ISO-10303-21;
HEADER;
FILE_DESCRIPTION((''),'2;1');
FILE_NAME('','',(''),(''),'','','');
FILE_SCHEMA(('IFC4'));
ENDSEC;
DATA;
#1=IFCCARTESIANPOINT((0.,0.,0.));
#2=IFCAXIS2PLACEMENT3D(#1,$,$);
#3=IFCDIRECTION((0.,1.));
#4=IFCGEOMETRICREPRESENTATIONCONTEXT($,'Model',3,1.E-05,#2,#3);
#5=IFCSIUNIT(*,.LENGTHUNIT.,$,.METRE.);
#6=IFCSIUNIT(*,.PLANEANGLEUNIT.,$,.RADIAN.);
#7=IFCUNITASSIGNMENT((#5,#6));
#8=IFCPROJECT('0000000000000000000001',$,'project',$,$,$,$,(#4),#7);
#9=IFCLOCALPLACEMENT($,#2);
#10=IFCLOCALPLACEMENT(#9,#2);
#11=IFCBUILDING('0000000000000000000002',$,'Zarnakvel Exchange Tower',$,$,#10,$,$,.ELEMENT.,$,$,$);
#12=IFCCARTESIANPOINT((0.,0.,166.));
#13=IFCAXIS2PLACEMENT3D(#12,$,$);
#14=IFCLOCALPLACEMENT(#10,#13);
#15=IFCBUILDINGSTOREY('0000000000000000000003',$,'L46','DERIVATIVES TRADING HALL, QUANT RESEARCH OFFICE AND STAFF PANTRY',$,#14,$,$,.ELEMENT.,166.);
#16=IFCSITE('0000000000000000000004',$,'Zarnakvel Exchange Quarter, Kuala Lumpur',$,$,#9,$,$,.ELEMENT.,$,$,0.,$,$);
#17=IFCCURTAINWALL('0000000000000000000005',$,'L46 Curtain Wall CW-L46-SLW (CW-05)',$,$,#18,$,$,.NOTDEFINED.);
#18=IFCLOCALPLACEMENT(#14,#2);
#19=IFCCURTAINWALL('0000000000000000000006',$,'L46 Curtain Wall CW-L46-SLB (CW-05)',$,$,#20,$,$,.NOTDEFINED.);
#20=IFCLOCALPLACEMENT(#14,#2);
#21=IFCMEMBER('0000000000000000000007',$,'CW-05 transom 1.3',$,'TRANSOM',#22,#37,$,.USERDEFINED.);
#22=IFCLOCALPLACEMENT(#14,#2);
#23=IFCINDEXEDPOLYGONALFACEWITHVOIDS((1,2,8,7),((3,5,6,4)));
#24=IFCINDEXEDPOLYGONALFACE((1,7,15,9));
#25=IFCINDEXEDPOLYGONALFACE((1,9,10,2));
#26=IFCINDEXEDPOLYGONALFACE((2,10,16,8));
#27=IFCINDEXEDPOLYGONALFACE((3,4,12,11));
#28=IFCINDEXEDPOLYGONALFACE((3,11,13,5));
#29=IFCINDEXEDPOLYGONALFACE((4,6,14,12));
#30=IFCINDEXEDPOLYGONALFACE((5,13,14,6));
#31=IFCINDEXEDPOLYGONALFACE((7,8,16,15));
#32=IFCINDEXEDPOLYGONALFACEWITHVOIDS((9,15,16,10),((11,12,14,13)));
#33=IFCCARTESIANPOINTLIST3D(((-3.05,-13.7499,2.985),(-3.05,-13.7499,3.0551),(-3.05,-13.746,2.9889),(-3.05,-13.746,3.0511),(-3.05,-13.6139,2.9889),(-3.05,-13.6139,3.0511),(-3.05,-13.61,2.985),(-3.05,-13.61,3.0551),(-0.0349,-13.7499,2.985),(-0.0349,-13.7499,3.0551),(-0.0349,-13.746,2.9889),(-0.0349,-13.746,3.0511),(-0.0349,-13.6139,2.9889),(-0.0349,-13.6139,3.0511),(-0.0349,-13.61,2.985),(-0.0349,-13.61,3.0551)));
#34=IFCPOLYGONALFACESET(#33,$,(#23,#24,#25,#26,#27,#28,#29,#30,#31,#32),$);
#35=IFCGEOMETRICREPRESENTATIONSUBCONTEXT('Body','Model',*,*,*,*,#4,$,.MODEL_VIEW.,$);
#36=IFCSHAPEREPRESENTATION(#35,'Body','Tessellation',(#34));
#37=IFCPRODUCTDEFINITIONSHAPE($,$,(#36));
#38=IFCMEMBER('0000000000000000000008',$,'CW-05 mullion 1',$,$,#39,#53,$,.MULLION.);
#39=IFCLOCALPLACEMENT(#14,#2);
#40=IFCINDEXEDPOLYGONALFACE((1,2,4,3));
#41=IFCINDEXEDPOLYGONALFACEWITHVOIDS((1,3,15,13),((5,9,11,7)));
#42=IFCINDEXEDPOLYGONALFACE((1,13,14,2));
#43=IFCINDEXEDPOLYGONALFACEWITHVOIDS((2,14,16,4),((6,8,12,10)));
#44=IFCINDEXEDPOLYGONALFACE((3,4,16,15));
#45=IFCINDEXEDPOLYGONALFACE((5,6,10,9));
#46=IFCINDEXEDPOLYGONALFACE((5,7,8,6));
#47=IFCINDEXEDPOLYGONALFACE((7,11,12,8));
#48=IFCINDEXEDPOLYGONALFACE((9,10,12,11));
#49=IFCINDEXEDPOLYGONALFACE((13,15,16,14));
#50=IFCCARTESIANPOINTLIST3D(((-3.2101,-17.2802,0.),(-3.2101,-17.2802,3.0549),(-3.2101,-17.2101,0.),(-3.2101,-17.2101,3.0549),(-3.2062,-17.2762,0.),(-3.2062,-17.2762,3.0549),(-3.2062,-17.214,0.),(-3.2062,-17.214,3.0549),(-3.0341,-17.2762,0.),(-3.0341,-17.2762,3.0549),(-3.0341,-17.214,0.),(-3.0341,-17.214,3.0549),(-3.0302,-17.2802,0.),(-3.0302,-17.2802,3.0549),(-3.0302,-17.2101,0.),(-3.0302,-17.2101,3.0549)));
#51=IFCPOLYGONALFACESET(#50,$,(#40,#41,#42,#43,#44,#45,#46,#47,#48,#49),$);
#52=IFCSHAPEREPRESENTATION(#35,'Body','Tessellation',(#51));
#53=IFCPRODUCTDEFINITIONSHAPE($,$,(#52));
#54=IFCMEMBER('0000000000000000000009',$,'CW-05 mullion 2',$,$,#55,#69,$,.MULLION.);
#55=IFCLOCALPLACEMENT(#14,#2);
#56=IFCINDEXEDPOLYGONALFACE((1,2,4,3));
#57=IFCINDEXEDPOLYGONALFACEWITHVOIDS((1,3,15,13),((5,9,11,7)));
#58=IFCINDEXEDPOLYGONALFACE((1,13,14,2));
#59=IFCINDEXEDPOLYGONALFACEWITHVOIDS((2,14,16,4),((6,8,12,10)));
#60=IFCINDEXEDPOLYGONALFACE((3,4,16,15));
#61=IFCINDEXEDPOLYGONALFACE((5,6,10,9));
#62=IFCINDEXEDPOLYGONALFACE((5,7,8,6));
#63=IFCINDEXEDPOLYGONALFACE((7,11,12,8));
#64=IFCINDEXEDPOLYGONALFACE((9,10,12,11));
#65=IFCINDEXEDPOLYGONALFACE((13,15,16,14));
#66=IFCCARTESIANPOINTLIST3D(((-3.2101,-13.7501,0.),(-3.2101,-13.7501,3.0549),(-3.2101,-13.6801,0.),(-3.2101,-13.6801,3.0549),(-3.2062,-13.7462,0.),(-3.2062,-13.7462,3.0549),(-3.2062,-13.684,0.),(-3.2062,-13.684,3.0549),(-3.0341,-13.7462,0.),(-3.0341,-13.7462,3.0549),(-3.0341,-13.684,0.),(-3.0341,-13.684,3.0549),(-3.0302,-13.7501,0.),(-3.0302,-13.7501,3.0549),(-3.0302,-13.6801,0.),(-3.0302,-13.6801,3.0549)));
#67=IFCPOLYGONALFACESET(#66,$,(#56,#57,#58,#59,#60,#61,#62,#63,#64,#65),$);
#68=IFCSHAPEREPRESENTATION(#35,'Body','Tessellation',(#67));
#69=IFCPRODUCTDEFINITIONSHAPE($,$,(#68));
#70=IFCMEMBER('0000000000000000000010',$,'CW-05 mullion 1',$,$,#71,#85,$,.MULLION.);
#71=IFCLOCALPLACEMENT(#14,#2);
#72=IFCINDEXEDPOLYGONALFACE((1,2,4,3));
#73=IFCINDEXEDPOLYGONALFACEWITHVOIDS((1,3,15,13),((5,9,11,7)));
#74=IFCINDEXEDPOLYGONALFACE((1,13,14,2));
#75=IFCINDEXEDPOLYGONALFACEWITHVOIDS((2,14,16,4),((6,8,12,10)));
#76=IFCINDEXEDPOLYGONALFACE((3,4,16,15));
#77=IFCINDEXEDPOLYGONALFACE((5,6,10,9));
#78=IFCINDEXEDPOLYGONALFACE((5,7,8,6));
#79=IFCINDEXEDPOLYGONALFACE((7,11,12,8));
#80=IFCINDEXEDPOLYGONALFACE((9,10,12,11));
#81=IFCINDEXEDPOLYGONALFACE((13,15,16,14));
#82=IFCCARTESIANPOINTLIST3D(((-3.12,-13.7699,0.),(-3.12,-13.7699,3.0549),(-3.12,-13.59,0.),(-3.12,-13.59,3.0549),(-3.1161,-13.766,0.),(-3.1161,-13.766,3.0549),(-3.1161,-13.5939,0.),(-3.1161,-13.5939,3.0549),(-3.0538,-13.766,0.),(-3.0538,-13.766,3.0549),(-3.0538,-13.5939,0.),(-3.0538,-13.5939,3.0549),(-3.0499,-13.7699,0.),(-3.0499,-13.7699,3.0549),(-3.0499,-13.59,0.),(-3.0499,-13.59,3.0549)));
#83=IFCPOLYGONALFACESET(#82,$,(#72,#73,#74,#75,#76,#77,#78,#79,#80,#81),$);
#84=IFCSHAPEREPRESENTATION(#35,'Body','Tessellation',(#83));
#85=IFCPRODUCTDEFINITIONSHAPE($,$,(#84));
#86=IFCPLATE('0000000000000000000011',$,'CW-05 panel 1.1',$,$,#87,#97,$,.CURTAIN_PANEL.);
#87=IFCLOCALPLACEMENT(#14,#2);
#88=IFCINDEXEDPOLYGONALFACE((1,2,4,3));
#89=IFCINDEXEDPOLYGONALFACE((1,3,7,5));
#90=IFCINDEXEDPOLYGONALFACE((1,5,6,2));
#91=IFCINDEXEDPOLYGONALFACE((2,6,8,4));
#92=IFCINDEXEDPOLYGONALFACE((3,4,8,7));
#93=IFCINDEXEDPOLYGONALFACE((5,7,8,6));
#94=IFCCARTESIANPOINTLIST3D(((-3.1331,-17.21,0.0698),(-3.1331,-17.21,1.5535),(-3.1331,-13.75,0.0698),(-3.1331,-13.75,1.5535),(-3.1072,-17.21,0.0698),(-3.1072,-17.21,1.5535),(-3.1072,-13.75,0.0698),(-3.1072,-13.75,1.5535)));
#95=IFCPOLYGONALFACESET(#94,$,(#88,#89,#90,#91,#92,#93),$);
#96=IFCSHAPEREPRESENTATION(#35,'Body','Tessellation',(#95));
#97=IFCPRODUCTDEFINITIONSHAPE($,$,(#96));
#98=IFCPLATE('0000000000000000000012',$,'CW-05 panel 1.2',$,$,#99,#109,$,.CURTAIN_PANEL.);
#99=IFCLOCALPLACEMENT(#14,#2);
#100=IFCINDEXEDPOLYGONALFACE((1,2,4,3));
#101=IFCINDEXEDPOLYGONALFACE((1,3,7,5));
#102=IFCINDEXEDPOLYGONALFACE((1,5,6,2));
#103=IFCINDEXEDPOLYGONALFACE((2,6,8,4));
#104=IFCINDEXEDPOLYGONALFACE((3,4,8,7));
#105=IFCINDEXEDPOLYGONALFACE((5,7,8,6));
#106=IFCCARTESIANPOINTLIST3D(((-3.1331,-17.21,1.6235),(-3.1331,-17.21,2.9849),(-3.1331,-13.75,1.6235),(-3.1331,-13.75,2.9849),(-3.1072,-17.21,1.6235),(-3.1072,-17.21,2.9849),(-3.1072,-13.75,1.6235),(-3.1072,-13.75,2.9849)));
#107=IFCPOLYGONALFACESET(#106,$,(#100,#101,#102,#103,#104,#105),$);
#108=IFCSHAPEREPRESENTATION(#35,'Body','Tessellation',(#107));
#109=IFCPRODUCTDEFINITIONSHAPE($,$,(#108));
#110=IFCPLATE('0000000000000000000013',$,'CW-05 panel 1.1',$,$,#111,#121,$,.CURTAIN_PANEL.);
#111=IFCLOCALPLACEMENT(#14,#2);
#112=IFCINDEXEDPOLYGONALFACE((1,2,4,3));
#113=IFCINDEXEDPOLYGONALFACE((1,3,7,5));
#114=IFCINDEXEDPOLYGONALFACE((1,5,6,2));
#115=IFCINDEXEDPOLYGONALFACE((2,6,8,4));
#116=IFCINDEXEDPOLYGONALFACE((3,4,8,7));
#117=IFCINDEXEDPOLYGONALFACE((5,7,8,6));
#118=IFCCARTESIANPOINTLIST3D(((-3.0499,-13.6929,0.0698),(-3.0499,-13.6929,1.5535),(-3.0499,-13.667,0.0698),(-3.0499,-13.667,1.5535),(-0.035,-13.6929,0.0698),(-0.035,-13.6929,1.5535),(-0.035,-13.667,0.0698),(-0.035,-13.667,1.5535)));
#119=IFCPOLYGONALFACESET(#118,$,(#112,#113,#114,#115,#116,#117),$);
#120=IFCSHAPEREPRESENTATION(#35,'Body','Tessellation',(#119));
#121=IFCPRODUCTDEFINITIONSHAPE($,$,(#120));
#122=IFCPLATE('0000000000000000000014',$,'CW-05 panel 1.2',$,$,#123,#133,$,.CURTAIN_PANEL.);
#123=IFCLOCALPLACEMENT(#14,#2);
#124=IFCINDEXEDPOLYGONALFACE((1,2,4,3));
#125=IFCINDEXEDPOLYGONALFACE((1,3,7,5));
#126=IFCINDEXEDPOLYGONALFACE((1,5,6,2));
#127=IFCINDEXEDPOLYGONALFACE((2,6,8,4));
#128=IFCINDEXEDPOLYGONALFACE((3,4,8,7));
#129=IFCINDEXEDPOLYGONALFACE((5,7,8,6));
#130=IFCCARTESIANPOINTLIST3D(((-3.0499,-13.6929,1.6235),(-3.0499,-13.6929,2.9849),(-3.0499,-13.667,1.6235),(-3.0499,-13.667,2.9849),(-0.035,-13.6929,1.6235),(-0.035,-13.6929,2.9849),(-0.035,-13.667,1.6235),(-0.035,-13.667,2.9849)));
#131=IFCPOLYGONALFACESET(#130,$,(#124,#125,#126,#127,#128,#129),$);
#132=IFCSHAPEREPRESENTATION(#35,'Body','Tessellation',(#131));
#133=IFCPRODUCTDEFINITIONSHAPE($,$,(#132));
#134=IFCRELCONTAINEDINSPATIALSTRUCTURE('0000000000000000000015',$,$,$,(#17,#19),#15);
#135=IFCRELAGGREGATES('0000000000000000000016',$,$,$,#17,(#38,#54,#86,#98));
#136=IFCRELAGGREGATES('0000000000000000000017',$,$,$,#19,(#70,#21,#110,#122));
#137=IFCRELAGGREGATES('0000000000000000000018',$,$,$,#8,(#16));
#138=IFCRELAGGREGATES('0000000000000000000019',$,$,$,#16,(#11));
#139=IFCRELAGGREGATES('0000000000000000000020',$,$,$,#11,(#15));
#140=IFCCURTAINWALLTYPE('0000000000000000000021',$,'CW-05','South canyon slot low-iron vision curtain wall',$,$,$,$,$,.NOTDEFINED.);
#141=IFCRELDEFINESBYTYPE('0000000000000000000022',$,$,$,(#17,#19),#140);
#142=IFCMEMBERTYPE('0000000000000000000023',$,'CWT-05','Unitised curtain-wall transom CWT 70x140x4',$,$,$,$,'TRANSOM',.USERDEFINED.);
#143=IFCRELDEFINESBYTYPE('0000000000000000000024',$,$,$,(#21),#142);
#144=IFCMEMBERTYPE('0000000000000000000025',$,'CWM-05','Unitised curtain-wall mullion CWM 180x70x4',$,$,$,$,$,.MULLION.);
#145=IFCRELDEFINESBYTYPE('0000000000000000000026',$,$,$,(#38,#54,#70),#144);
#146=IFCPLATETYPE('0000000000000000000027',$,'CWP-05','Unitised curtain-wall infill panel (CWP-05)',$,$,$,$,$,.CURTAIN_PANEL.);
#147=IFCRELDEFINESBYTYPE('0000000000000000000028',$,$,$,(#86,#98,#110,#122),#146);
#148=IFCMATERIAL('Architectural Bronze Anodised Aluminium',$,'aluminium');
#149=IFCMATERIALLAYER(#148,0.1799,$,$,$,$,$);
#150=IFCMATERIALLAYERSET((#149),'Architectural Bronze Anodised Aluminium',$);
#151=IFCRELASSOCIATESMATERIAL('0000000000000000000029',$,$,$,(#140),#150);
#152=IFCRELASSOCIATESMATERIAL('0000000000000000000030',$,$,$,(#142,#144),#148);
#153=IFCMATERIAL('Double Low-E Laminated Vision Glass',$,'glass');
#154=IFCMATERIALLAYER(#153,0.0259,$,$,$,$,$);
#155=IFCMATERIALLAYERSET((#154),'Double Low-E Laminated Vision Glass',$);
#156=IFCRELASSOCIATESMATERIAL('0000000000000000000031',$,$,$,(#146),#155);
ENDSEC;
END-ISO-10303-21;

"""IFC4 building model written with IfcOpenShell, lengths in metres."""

from ifc_helpers import new_model, si_unit, direction, frame, origin, origin_2d, place, context, subcontext, project, spatial, rectangle, hollow_rectangle, extrude, source, transform, mapped, material, layer, layer_set, material_profile, profile_set, type_object, element, aggregate, save


model = new_model("IFC4")

# Units and contexts
model_context = context("Model", 3, precision=1e-05, world=origin(), true_north=direction((0.0, 1.0)))
body_context = subcontext(model_context, "Body", "Model", "MODEL_VIEW")
ifc_project = project(units=[si_unit("LENGTHUNIT", "METRE"), si_unit("PLANEANGLEUNIT", "RADIAN")], contexts=[model_context])

# Site, building, storey
site_placement = place(None, origin())
site = spatial("IfcSite", under=ifc_project, at=site_placement, Name="Zarnakvel Exchange Quarter, Kuala Lumpur", CompositionType="ELEMENT", RefElevation=0.0)
building_placement = place(site_placement, origin())
building = spatial("IfcBuilding", under=site, at=building_placement, Name="Zarnakvel Exchange Tower", CompositionType="ELEMENT")
storey_placement = place(building_placement, frame((0.0, 0.0, 166.0)))
storey = spatial("IfcBuildingStorey", under=building, at=storey_placement, Name="L46", Description="DERIVATIVES TRADING HALL, QUANT RESEARCH OFFICE AND STAFF PANTRY", CompositionType="ELEMENT", Elevation=166.0)

# Curtain walls, member
ifc_material_1 = material(Name="Architectural Bronze Anodised Aluminium", Category="aluminium")
ifc_layer_1 = layer(ifc_material_1, 0.1799)
ifc_layer_set_1 = layer_set([ifc_layer_1], Name="Architectural Bronze Anodised Aluminium")
curtain_wall_type = type_object("IfcCurtainWallType", Name="CW-05", Description="South canyon slot low-iron vision curtain wall", PredefinedType="NOTDEFINED", material=ifc_layer_set_1)
curtain_wall_1_placement = place(storey_placement, origin())
curtain_wall_1 = element("IfcCurtainWall", 1, at=curtain_wall_1_placement, inside=storey, type_object=curtain_wall_type, Name="L46 Curtain Wall CW-L46-SLW (CW-05)", PredefinedType="NOTDEFINED")
ifc_material_profile_1 = material_profile(ifc_material_1, hollow_rectangle(XDim=0.1399, YDim=0.0701, WallThickness=0.0039, at=origin_2d()))
ifc_profile_set_1 = profile_set([ifc_material_profile_1], Name="Architectural Bronze Anodised Aluminium")
member_type_1 = type_object("IfcMemberType", Name="CWT-05", Description="Unitised curtain-wall transom CWT 70x140x4", ElementType="TRANSOM", PredefinedType="USERDEFINED", material=ifc_profile_set_1)
curtain_wall_2_placement = place(storey_placement, origin())
curtain_wall_2 = element("IfcCurtainWall", 2, at=curtain_wall_2_placement, inside=storey, type_object=curtain_wall_type, Name="L46 Curtain Wall CW-L46-SLB (CW-05)", PredefinedType="NOTDEFINED")
shared_shape_1 = source(origin(), body_context, "Body", "SweptSolid", [
    extrude(hollow_rectangle(XDim=0.1399, YDim=0.0701, WallThickness=0.0039, at=origin_2d()), origin(), (0.0, 0.0, 1.0), 3.0151),
])
member_1_placement = place(storey_placement, frame((-3.05, -13.6799, 3.02), z_axis=(1.0, 0.0, 0.0), x_axis=(0.0, 1.0, 0.0)))
member_1 = element("IfcMember", 3, at=member_1_placement, type_object=member_type_1, Name="CW-05 transom 1.3", ObjectType="TRANSOM", PredefinedType="USERDEFINED", context=body_context, shape_type="MappedRepresentation", body=[
    mapped(shared_shape_1, transform((0.0, 0.0, 0.0), x_axis=(1.0, 0.0, 0.0), y_axis=(0.0, 1.0, 0.0), z_axis=(0.0, 0.0, 1.0), scale=1.0)),
])

# Members
ifc_material_profile_2 = material_profile(ifc_material_1, hollow_rectangle(XDim=0.1799, YDim=0.0701, WallThickness=0.0039, at=origin_2d()))
ifc_profile_set_2 = profile_set([ifc_material_profile_2], Name="Architectural Bronze Anodised Aluminium")
member_type_2 = type_object("IfcMemberType", Name="CWM-05", Description="Unitised curtain-wall mullion CWM 180x70x4", PredefinedType="MULLION", material=ifc_profile_set_2)
shared_shape_2 = source(origin(), body_context, "Body", "SweptSolid", [
    extrude(hollow_rectangle(XDim=0.1799, YDim=0.0701, WallThickness=0.0039, at=origin_2d()), origin(), (0.0, 0.0, 1.0), 3.0549),
])
member_2_placement = place(storey_placement, frame((-3.1201, -17.2451, 0.0), z_axis=(0.0, 0.0, 1.0), x_axis=(-1.0, 0.0, 0.0)))
member_2 = element("IfcMember", 4, at=member_2_placement, type_object=member_type_2, Name="CW-05 mullion 1", PredefinedType="MULLION", context=body_context, shape_type="MappedRepresentation", body=[
    mapped(shared_shape_2, transform((0.0, 0.0, 0.0), x_axis=(1.0, 0.0, 0.0), y_axis=(0.0, 1.0, 0.0), z_axis=(0.0, 0.0, 1.0), scale=1.0)),
])
member_3_placement = place(storey_placement, frame((-3.1201, -13.7151, 0.0), z_axis=(0.0, 0.0, 1.0), x_axis=(-1.0, 0.0, 0.0)))
member_3 = element("IfcMember", 5, at=member_3_placement, type_object=member_type_2, Name="CW-05 mullion 2", PredefinedType="MULLION", context=body_context, shape_type="MappedRepresentation", body=[
    mapped(shared_shape_2, transform((0.0, 0.0, 0.0), x_axis=(1.0, 0.0, 0.0), y_axis=(0.0, 1.0, 0.0), z_axis=(0.0, 0.0, 1.0), scale=1.0)),
])
member_4_placement = place(storey_placement, frame((-3.085, -13.6799, 0.0), z_axis=(0.0, 0.0, 1.0), x_axis=(0.0, 1.0, 0.0)))
member_4 = element("IfcMember", 6, at=member_4_placement, type_object=member_type_2, Name="CW-05 mullion 1", PredefinedType="MULLION", context=body_context, shape_type="MappedRepresentation", body=[
    mapped(shared_shape_2, transform((0.0, 0.0, 0.0), x_axis=(1.0, 0.0, 0.0), y_axis=(0.0, 1.0, 0.0), z_axis=(0.0, 0.0, 1.0), scale=1.0)),
])

# Plates
ifc_material_2 = material(Name="Double Low-E Laminated Vision Glass", Category="glass")
ifc_layer_2 = layer(ifc_material_2, 0.0259)
ifc_layer_set_2 = layer_set([ifc_layer_2], Name="Double Low-E Laminated Vision Glass")
plate_type = type_object("IfcPlateType", Name="CWP-05", Description="Unitised curtain-wall infill panel (CWP-05)", PredefinedType="CURTAIN_PANEL", material=ifc_layer_set_2)
shared_shape_3 = source(origin(), body_context, "Body", "SweptSolid", [
    extrude(rectangle(XDim=3.46, YDim=0.0259, at=origin_2d()), origin(), (0.0, 0.0, 1.0), 1.4836),
])
plate_1_placement = place(storey_placement, frame((-3.1201, -15.48, 0.0698), z_axis=(0.0, 0.0, 1.0), x_axis=(0.0, 1.0, 0.0)))
plate_1 = element("IfcPlate", 7, at=plate_1_placement, type_object=plate_type, Name="CW-05 panel 1.1", PredefinedType="CURTAIN_PANEL", context=body_context, shape_type="MappedRepresentation", body=[
    mapped(shared_shape_3, transform((0.0, 0.0, 0.0), x_axis=(1.0, 0.0, 0.0), y_axis=(0.0, 1.0, 0.0), z_axis=(0.0, 0.0, 1.0), scale=1.0)),
])
shared_shape_4 = source(origin(), body_context, "Body", "SweptSolid", [
    extrude(rectangle(XDim=3.46, YDim=0.0259, at=origin_2d()), origin(), (0.0, 0.0, 1.0), 1.3613),
])
plate_2_placement = place(storey_placement, frame((-3.1201, -15.48, 1.6235), z_axis=(0.0, 0.0, 1.0), x_axis=(0.0, 1.0, 0.0)))
plate_2 = element("IfcPlate", 8, at=plate_2_placement, type_object=plate_type, Name="CW-05 panel 1.2", PredefinedType="CURTAIN_PANEL", context=body_context, shape_type="MappedRepresentation", body=[
    mapped(shared_shape_4, transform((0.0, 0.0, 0.0), x_axis=(1.0, 0.0, 0.0), y_axis=(0.0, 1.0, 0.0), z_axis=(0.0, 0.0, 1.0), scale=1.0)),
])
aggregate(curtain_wall_1, [member_2, member_3, plate_1, plate_2])
shared_shape_5 = source(origin(), body_context, "Body", "SweptSolid", [
    extrude(rectangle(XDim=3.0149, YDim=0.0259, at=origin_2d()), origin(), (0.0, 0.0, 1.0), 1.4836),
])
plate_3_placement = place(storey_placement, frame((-1.5425, -13.6799, 0.0698), z_axis=(0.0, 0.0, 1.0), x_axis=(1.0, 0.0, 0.0)))
plate_3 = element("IfcPlate", 9, at=plate_3_placement, type_object=plate_type, Name="CW-05 panel 1.1", PredefinedType="CURTAIN_PANEL", context=body_context, shape_type="MappedRepresentation", body=[
    mapped(shared_shape_5, transform((0.0, 0.0, 0.0), x_axis=(1.0, 0.0, 0.0), y_axis=(0.0, 1.0, 0.0), z_axis=(0.0, 0.0, 1.0), scale=1.0)),
])
shared_shape_6 = source(origin(), body_context, "Body", "SweptSolid", [
    extrude(rectangle(XDim=3.0149, YDim=0.0259, at=origin_2d()), origin(), (0.0, 0.0, 1.0), 1.3613),
])
plate_4_placement = place(storey_placement, frame((-1.5425, -13.6799, 1.6235), z_axis=(0.0, 0.0, 1.0), x_axis=(1.0, 0.0, 0.0)))
plate_4 = element("IfcPlate", 10, at=plate_4_placement, type_object=plate_type, Name="CW-05 panel 1.2", PredefinedType="CURTAIN_PANEL", context=body_context, shape_type="MappedRepresentation", body=[
    mapped(shared_shape_6, transform((0.0, 0.0, 0.0), x_axis=(1.0, 0.0, 0.0), y_axis=(0.0, 1.0, 0.0), z_axis=(0.0, 0.0, 1.0), scale=1.0)),
])
aggregate(curtain_wall_2, [member_4, member_1, plate_3, plate_4])

save(model, "model.ifc")
